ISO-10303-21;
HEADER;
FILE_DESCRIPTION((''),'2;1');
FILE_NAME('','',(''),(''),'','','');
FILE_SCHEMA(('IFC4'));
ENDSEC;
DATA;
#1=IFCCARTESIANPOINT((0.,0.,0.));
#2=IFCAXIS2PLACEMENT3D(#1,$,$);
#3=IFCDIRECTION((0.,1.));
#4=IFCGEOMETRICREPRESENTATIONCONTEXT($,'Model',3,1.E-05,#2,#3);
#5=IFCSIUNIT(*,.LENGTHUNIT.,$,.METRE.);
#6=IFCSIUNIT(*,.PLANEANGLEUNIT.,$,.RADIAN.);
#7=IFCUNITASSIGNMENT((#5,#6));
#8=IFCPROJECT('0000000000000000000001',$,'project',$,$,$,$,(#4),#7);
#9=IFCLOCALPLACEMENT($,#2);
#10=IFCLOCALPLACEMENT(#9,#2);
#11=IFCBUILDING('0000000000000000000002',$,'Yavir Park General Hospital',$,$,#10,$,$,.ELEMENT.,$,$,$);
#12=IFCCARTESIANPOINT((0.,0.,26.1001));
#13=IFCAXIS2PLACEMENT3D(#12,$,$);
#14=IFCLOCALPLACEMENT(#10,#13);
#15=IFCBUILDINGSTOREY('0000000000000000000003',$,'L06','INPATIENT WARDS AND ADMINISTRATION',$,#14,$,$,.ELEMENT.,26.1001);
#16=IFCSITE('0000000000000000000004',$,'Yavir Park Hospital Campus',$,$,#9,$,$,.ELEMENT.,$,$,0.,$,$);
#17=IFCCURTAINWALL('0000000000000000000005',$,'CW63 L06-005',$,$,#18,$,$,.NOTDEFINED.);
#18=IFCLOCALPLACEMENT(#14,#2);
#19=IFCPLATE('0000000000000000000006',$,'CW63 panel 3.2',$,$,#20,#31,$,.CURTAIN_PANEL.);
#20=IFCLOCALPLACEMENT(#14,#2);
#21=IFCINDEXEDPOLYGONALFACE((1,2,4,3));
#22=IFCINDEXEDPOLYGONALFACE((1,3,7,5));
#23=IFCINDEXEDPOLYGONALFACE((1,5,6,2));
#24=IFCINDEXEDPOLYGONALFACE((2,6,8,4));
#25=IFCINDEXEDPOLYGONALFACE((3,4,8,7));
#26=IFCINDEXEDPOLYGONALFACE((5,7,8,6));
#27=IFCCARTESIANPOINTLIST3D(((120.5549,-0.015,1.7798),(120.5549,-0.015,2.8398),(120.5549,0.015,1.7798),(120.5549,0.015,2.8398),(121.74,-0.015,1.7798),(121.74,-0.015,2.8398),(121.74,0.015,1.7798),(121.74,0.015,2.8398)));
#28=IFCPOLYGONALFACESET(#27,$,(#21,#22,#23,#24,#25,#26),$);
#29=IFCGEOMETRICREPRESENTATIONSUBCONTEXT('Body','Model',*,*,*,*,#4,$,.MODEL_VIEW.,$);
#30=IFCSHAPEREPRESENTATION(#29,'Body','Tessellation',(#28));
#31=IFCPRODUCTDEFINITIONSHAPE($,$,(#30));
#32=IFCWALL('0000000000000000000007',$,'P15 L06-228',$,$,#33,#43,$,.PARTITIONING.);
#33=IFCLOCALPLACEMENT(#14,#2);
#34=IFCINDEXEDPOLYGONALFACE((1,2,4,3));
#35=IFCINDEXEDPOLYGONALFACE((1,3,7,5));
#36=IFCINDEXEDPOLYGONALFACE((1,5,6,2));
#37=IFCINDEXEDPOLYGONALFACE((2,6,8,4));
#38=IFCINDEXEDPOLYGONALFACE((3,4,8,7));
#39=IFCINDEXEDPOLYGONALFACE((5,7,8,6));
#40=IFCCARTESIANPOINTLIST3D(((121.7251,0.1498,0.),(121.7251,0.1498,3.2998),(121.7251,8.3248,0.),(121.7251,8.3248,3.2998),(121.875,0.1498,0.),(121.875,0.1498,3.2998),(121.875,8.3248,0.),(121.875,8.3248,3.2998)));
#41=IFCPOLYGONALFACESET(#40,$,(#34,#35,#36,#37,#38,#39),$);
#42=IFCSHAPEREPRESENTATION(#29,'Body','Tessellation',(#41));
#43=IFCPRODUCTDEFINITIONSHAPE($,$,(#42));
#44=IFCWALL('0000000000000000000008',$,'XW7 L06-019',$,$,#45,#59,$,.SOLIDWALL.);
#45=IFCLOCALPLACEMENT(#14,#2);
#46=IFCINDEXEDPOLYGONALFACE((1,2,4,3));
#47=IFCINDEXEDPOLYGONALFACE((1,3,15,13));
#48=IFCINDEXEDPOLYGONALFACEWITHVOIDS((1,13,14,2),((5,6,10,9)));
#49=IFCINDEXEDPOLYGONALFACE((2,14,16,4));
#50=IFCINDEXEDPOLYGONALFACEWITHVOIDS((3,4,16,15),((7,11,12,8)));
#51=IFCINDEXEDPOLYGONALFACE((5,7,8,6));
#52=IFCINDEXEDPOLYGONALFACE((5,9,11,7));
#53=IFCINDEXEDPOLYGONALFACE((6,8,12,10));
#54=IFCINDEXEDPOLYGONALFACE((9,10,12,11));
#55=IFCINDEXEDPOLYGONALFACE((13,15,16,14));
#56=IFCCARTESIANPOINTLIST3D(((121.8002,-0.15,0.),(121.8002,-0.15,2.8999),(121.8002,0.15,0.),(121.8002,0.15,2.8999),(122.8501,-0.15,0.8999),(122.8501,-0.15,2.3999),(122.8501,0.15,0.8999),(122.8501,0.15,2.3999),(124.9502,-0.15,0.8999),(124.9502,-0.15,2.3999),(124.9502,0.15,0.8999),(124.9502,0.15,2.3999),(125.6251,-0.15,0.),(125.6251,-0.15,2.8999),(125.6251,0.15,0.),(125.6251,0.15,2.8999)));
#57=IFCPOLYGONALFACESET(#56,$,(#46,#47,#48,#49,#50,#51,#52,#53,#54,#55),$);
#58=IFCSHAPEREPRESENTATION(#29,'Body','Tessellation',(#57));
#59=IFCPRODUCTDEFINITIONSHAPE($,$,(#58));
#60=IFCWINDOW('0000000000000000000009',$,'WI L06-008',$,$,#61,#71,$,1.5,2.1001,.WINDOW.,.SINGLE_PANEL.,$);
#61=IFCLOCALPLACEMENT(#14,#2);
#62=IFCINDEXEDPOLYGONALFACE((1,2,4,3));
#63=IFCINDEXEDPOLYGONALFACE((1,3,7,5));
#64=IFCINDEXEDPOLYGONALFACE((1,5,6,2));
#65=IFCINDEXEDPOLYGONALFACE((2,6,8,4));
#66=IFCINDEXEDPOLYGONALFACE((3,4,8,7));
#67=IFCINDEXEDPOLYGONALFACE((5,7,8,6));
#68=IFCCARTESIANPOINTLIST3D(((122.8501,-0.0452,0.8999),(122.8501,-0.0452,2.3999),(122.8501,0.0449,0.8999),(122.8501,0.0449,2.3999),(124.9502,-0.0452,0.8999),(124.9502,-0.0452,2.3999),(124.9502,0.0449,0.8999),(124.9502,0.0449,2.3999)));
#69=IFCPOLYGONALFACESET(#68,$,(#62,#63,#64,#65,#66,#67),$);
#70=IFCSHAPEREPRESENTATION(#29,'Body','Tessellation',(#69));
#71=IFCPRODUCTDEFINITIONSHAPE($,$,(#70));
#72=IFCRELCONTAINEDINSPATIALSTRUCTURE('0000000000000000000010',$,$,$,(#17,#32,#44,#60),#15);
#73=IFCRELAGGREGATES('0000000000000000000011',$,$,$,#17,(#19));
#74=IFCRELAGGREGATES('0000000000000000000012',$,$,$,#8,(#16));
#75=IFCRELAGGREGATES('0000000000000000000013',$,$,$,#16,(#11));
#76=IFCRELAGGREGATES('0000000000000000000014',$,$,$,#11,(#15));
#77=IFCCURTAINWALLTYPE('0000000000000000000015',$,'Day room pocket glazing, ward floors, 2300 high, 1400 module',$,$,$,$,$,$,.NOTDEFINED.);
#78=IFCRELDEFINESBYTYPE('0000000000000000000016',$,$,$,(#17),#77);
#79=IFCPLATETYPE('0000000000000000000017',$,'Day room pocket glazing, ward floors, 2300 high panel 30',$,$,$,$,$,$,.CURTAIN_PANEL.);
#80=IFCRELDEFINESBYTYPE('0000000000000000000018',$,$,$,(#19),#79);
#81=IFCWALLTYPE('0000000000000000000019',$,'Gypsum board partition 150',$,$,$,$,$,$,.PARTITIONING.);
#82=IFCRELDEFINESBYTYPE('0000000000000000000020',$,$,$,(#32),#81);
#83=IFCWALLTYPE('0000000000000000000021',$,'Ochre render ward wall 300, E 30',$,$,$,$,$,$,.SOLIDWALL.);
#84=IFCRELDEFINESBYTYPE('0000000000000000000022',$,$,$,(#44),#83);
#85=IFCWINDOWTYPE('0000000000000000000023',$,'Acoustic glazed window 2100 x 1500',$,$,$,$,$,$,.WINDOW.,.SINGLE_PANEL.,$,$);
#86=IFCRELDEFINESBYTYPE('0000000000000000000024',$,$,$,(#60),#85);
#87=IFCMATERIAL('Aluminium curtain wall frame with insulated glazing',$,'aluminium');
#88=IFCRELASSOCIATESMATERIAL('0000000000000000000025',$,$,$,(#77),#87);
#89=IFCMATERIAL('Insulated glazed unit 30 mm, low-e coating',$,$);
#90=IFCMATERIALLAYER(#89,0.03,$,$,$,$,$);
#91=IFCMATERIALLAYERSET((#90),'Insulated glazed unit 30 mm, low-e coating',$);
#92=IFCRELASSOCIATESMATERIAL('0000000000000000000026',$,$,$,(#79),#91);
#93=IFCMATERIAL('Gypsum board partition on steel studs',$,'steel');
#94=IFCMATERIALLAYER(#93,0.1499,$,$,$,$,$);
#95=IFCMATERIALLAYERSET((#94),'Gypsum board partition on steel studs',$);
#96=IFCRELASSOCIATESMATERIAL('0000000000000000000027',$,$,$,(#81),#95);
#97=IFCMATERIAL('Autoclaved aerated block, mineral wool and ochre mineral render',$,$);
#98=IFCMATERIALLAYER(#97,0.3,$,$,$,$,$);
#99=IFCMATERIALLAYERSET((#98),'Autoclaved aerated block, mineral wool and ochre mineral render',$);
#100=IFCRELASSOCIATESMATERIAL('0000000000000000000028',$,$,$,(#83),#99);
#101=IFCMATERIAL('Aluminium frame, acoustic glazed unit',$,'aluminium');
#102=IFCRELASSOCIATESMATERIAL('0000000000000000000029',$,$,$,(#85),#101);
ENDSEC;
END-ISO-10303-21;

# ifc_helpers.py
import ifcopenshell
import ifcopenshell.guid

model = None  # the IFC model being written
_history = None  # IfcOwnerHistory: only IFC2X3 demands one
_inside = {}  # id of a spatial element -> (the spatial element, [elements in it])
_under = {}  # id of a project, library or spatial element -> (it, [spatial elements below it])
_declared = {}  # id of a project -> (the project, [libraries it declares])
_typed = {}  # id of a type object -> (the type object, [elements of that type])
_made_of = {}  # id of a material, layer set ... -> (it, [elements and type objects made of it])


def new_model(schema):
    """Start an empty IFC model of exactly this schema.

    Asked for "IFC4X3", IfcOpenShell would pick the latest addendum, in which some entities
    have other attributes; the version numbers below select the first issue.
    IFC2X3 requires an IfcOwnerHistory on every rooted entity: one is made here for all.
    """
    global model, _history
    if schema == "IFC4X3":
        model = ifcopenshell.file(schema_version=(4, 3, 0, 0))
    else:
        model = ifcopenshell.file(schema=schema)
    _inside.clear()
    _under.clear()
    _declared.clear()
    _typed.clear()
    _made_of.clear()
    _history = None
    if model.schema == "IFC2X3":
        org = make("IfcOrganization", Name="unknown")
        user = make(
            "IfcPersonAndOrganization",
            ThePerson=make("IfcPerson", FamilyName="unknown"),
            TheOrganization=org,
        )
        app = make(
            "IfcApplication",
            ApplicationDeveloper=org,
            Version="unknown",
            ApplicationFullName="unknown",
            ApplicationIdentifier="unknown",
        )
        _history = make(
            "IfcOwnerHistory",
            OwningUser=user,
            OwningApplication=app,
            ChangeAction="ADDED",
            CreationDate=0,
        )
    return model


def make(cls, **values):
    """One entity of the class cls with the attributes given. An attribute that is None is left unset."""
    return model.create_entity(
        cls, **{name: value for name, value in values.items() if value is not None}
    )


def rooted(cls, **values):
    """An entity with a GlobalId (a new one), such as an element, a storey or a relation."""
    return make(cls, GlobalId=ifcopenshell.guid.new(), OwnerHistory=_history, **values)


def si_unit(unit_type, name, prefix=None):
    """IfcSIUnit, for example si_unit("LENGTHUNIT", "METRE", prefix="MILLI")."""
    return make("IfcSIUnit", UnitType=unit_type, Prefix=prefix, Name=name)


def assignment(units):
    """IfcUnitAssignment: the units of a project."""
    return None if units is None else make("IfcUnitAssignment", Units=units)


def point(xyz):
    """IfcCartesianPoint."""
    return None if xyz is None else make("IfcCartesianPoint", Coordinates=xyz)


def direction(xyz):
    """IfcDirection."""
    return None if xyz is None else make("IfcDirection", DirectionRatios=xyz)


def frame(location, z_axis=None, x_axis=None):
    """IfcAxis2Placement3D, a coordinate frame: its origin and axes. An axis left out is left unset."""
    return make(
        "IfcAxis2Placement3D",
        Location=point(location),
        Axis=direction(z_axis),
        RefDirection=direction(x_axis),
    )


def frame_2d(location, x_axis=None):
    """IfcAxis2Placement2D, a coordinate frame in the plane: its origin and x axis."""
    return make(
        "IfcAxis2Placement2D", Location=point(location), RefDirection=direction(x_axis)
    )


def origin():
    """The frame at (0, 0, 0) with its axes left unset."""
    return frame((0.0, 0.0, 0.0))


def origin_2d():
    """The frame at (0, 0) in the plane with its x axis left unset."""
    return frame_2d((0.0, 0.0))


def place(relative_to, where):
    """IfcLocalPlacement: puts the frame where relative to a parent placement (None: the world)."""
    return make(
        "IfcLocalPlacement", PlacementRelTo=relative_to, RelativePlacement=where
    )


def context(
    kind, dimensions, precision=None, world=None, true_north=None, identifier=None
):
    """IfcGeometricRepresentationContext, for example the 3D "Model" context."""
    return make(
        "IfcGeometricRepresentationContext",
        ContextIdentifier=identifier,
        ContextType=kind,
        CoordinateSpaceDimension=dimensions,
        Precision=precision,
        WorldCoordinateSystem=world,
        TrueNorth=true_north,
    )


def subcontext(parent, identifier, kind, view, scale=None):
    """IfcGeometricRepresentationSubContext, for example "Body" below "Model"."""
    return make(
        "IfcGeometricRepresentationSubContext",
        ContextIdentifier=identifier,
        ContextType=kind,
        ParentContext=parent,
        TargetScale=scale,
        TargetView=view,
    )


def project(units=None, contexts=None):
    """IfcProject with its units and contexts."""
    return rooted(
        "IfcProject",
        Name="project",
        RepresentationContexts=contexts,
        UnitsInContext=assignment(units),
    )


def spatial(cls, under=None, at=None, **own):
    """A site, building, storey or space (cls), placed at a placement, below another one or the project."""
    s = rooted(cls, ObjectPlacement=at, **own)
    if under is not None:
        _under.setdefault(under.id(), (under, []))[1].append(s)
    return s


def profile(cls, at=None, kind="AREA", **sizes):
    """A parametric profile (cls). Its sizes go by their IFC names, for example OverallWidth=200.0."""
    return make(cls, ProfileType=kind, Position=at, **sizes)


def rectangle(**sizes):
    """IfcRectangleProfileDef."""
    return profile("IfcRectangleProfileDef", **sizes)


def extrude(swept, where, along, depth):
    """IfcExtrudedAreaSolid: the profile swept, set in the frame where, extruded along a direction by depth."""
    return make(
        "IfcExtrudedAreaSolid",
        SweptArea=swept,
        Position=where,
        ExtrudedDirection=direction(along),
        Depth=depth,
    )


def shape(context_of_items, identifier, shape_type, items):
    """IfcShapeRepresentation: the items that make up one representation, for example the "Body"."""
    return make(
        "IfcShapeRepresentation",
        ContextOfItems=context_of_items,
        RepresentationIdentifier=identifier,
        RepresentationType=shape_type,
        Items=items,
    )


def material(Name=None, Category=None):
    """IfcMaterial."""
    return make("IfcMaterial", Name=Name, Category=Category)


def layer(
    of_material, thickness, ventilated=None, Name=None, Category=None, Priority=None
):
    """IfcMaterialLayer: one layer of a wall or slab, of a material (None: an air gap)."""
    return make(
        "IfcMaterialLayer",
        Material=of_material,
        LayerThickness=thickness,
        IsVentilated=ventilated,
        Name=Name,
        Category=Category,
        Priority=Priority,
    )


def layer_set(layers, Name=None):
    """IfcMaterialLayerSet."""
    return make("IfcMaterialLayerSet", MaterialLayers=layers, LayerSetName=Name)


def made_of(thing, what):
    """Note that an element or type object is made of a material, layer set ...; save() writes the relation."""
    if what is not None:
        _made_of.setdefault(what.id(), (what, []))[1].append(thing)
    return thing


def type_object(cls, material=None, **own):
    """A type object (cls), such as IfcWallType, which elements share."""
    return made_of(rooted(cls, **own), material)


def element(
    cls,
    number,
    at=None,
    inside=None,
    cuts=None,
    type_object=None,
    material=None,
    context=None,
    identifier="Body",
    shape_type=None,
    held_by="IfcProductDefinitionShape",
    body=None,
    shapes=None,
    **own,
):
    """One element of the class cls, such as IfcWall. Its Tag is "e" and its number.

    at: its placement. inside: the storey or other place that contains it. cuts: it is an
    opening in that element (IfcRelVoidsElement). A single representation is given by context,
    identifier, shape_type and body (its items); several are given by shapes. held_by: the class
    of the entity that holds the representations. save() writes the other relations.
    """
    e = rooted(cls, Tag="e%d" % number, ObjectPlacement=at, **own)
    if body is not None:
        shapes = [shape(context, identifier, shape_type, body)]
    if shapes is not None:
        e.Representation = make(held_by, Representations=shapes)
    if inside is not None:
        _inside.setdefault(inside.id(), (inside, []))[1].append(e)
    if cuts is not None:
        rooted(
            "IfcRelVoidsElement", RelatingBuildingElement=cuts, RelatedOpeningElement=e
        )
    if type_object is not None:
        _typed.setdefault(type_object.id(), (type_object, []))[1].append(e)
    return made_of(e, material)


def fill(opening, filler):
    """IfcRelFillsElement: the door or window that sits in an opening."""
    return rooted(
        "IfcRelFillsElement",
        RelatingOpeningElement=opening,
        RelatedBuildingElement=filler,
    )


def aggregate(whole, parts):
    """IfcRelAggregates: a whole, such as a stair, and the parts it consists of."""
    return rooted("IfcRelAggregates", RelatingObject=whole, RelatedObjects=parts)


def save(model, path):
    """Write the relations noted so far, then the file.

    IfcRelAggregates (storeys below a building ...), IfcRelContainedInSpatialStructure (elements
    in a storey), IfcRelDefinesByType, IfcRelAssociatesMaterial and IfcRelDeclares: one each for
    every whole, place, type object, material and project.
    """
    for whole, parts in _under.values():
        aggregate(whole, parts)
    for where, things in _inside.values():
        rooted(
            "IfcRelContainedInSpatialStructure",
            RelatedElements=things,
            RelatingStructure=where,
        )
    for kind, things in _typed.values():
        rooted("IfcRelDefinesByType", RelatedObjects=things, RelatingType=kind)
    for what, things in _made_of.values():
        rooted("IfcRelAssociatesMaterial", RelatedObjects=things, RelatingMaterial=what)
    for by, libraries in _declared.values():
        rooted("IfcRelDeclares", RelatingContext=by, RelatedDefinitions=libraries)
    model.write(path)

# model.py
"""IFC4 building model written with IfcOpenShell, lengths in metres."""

from ifc_helpers import new_model, si_unit, direction, frame, frame_2d, origin, origin_2d, place, context, subcontext, project, spatial, rectangle, extrude, material, layer, layer_set, type_object, element, fill, aggregate, save


model = new_model("IFC4")

# Units and contexts
model_context = context("Model", 3, precision=1e-05, world=origin(), true_north=direction((0.0, 1.0)))
body_context = subcontext(model_context, "Body", "Model", "MODEL_VIEW")
ifc_project = project(units=[si_unit("LENGTHUNIT", "METRE"), si_unit("PLANEANGLEUNIT", "RADIAN")], contexts=[model_context])

# Site, building, storey
site_placement = place(None, origin())
site = spatial("IfcSite", under=ifc_project, at=site_placement, Name="Yavir Park Hospital Campus", CompositionType="ELEMENT", RefElevation=0.0)
building_placement = place(site_placement, origin())
building = spatial("IfcBuilding", under=site, at=building_placement, Name="Yavir Park General Hospital", CompositionType="ELEMENT")
storey_placement = place(building_placement, frame((0.0, 0.0, 26.1001)))
storey = spatial("IfcBuildingStorey", under=building, at=storey_placement, Name="L06", Description="INPATIENT WARDS AND ADMINISTRATION", CompositionType="ELEMENT", Elevation=26.1001)

# Curtain wall, plate
ifc_material_1 = material(Name="Aluminium curtain wall frame with insulated glazing", Category="aluminium")
curtain_wall_type = type_object("IfcCurtainWallType", Name="Day room pocket glazing, ward floors, 2300 high, 1400 module", PredefinedType="NOTDEFINED", material=ifc_material_1)
curtain_wall_placement = place(storey_placement, origin())
curtain_wall = element("IfcCurtainWall", 1, at=curtain_wall_placement, inside=storey, type_object=curtain_wall_type, Name="CW63 L06-005", PredefinedType="NOTDEFINED")
ifc_material_2 = material(Name="Insulated glazed unit 30 mm, low-e coating")
ifc_layer_1 = layer(ifc_material_2, 0.03)
ifc_layer_set_1 = layer_set([ifc_layer_1], Name="Insulated glazed unit 30 mm, low-e coating")
plate_type = type_object("IfcPlateType", Name="Day room pocket glazing, ward floors, 2300 high panel 30", PredefinedType="CURTAIN_PANEL", material=ifc_layer_set_1)
plate_1_placement = place(storey_placement, frame((121.1475, 0.0, 1.7798), z_axis=(0.0, 0.0, 1.0), x_axis=(1.0, 0.0, 0.0)))
plate_1 = element("IfcPlate", 2, at=plate_1_placement, type_object=plate_type, Name="CW63 panel 3.2", PredefinedType="CURTAIN_PANEL", context=body_context, shape_type="SweptSolid", body=[
    extrude(rectangle(XDim=1.1851, YDim=0.03, at=origin_2d()), origin(), (0.0, 0.0, 1.0), 1.0601),
])
aggregate(curtain_wall, [plate_1])

# Wall
ifc_material_3 = material(Name="Gypsum board partition on steel studs", Category="steel")
ifc_layer_2 = layer(ifc_material_3, 0.1499)
ifc_layer_set_2 = layer_set([ifc_layer_2], Name="Gypsum board partition on steel studs")
wall_type_1 = type_object("IfcWallType", Name="Gypsum board partition 150", PredefinedType="PARTITIONING", material=ifc_layer_set_2)
wall_1_placement = place(storey_placement, frame((121.8, 0.1499, 0.0), z_axis=(0.0, 0.0, 1.0), x_axis=(0.0, 1.0, 0.0)))
element("IfcWall", 3, at=wall_1_placement, inside=storey, type_object=wall_type_1, Name="P15 L06-228", PredefinedType="PARTITIONING", context=body_context, shape_type="SweptSolid", body=[
    extrude(rectangle(XDim=8.175, YDim=0.1499, at=frame_2d((4.0874, 0.0))), origin(), (0.0, 0.0, 1.0), 3.2998),
])

# Wall, opening, window
ifc_material_4 = material(Name="Autoclaved aerated block, mineral wool and ochre mineral render")
ifc_layer_3 = layer(ifc_material_4, 0.3)
ifc_layer_set_3 = layer_set([ifc_layer_3], Name="Autoclaved aerated block, mineral wool and ochre mineral render")
wall_type_2 = type_object("IfcWallType", Name="Ochre render ward wall 300, E 30", PredefinedType="SOLIDWALL", material=ifc_layer_set_3)
wall_2_placement = place(storey_placement, frame((121.8, 0.0, 0.0), z_axis=(0.0, 0.0, 1.0), x_axis=(1.0, 0.0, 0.0)))
wall_2 = element("IfcWall", 4, at=wall_2_placement, inside=storey, type_object=wall_type_2, Name="XW7 L06-019", PredefinedType="SOLIDWALL", context=body_context, shape_type="SweptSolid", body=[
    extrude(rectangle(XDim=3.825, YDim=0.3, at=frame_2d((1.9126, 0.0))), origin(), (0.0, 0.0, 1.0), 2.8999),
])
opening_placement = place(wall_2_placement, frame((1.05, 0.0, 0.8999)))
opening = element("IfcOpeningElement", 5, at=opening_placement, cuts=wall_2, PredefinedType="OPENING", context=body_context, shape_type="SweptSolid", body=[
    extrude(rectangle(XDim=2.1001, YDim=1.5, at=frame_2d((1.05, 0.75))), frame((0.0, 0.1599, 0.0), z_axis=(0.0, -1.0, 0.0), x_axis=(1.0, 0.0, 0.0)), (0.0, 0.0, 1.0), 0.3201),
])
ifc_material_5 = material(Name="Aluminium frame, acoustic glazed unit", Category="aluminium")
window_type = type_object("IfcWindowType", Name="Acoustic glazed window 2100 x 1500", PartitioningType="SINGLE_PANEL", PredefinedType="WINDOW", material=ifc_material_5)
window_placement = place(opening_placement, origin())
window = element("IfcWindow", 6, at=window_placement, inside=storey, type_object=window_type, Name="WI L06-008", OverallHeight=1.5, OverallWidth=2.1001, PartitioningType="SINGLE_PANEL", PredefinedType="WINDOW", context=body_context, shape_type="SweptSolid", body=[
    extrude(rectangle(XDim=2.1001, YDim=1.5, at=frame_2d((1.05, 0.75))), frame((0.0, 0.0449, 0.0), z_axis=(0.0, -1.0, 0.0), x_axis=(1.0, 0.0, 0.0)), (0.0, 0.0, 1.0), 0.0901),
])
fill(opening, window)

save(model, "model.ifc")
